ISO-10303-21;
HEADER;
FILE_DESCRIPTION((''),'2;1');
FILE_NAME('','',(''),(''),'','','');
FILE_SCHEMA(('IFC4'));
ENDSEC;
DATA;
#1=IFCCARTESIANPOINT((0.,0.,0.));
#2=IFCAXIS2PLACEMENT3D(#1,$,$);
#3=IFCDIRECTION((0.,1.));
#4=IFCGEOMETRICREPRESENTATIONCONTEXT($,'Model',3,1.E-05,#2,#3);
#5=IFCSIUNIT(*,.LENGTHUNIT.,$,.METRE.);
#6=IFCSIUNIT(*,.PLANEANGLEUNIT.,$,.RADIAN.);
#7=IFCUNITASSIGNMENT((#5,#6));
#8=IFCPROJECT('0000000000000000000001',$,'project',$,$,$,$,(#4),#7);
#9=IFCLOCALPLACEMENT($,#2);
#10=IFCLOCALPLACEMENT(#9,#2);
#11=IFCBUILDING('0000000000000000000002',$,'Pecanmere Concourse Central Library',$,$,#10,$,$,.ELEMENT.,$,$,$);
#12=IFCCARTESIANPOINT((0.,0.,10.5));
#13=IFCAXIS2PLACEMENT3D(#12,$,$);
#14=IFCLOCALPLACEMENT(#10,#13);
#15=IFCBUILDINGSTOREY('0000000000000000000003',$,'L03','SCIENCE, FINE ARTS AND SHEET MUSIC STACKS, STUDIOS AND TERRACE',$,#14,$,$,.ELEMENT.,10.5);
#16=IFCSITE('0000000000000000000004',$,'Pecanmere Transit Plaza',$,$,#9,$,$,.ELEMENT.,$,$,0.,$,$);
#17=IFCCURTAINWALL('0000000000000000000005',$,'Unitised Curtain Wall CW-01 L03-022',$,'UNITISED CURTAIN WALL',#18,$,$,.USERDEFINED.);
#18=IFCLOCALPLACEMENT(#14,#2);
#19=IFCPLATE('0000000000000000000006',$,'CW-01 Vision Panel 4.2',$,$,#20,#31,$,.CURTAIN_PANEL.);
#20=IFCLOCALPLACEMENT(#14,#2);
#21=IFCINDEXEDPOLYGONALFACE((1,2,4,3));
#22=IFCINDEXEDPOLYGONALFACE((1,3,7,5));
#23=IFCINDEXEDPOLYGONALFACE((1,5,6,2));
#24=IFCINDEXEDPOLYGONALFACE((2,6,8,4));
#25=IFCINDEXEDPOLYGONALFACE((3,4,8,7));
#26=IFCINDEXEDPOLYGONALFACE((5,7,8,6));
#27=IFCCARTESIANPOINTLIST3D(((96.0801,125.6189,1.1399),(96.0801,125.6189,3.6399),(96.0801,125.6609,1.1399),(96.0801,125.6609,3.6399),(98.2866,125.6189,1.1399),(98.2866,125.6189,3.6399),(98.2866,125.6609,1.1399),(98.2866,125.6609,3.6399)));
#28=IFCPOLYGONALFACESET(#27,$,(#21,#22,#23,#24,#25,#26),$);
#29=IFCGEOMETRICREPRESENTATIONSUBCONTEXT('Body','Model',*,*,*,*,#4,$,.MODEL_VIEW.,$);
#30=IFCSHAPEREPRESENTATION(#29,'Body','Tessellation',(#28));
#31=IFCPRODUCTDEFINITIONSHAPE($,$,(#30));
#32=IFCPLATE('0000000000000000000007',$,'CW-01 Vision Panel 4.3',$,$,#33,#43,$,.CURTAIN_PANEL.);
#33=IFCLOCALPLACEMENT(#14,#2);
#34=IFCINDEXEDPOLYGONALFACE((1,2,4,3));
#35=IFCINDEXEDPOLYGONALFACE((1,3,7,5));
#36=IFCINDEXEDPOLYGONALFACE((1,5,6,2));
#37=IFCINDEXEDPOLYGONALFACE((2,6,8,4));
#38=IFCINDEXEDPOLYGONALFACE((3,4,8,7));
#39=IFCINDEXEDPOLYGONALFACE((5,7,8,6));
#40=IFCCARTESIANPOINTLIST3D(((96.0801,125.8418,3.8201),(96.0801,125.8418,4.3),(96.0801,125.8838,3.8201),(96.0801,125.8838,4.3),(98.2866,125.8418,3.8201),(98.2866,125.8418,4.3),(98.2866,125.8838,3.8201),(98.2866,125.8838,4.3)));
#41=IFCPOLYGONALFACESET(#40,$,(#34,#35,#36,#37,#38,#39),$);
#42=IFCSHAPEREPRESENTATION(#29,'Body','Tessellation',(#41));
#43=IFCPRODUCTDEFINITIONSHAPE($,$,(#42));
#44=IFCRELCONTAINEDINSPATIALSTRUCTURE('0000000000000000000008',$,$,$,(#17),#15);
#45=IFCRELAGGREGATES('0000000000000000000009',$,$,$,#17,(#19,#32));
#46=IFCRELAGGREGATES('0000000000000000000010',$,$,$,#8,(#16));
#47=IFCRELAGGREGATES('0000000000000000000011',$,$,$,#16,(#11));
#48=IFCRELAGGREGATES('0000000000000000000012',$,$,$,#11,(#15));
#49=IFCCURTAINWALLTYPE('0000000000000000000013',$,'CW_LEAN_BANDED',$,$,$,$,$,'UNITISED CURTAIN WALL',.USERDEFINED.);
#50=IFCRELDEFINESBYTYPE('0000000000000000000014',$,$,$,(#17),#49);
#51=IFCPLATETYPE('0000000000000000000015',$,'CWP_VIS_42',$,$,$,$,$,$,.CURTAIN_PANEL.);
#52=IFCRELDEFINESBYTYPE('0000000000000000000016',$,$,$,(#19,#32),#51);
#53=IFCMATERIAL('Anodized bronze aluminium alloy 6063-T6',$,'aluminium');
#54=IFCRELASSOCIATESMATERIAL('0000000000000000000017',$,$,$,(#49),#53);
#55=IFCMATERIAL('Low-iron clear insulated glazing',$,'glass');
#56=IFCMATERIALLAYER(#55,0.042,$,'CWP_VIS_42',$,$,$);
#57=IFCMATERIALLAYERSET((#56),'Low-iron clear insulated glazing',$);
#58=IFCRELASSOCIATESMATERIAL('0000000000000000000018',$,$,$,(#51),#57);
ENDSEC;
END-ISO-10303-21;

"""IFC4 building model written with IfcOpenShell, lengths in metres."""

from ifc_helpers import new_model, si_unit, direction, frame, origin, origin_2d, place, context, subcontext, project, spatial, rectangle, extrude, material, layer, layer_set, type_object, element, aggregate, save


model = new_model("IFC4")

# Units and contexts
model_context = context("Model", 3, precision=1e-05, world=origin(), true_north=direction((0.0, 1.0)))
body_context = subcontext(model_context, "Body", "Model", "MODEL_VIEW")
ifc_project = project(units=[si_unit("LENGTHUNIT", "METRE"), si_unit("PLANEANGLEUNIT", "RADIAN")], contexts=[model_context])

# Site, building, storey
site_placement = place(None, origin())
site = spatial("IfcSite", under=ifc_project, at=site_placement, Name="Pecanmere Transit Plaza", CompositionType="ELEMENT", RefElevation=0.0)
building_placement = place(site_placement, origin())
building = spatial("IfcBuilding", under=site, at=building_placement, Name="Pecanmere Concourse Central Library", CompositionType="ELEMENT")
storey_placement = place(building_placement, frame((0.0, 0.0, 10.5)))
storey = spatial("IfcBuildingStorey", under=building, at=storey_placement, Name="L03", Description="SCIENCE, FINE ARTS AND SHEET MUSIC STACKS, STUDIOS AND TERRACE", CompositionType="ELEMENT", Elevation=10.5)

# Curtain wall
ifc_material_1 = material(Name="Anodized bronze aluminium alloy 6063-T6", Category="aluminium")
curtain_wall_type_1 = type_object("IfcCurtainWallType", Name="CW_LEAN_BANDED", ElementType="UNITISED CURTAIN WALL", PredefinedType="USERDEFINED", material=ifc_material_1)
curtain_wall_1_placement = place(storey_placement, origin())
curtain_wall_1 = element("IfcCurtainWall", 1, at=curtain_wall_1_placement, inside=storey, type_object=curtain_wall_type_1, Name="Unitised Curtain Wall CW-01 L03-022", ObjectType="UNITISED CURTAIN WALL", PredefinedType="USERDEFINED")

# Plates
ifc_material_2 = material(Name="Low-iron clear insulated glazing", Category="glass")
ifc_layer_1 = layer(ifc_material_2, 0.042, Name="CWP_VIS_42")
ifc_layer_set_1 = layer_set([ifc_layer_1], Name="Low-iron clear insulated glazing")
plate_type_1 = type_object("IfcPlateType", Name="CWP_VIS_42", PredefinedType="CURTAIN_PANEL", material=ifc_layer_set_1)
plate_1_placement = place(storey_placement, frame((97.1833, 125.6399, 1.1399), z_axis=(0.0, 0.0, 1.0), x_axis=(-1.0, 0.0, 0.0)))
plate_1 = element("IfcPlate", 2, at=plate_1_placement, type_object=plate_type_1, Name="CW-01 Vision Panel 4.2", PredefinedType="CURTAIN_PANEL", context=body_context, shape_type="SweptSolid", body=[
    extrude(rectangle(XDim=2.2065, YDim=0.042, at=origin_2d()), origin(), (0.0, 0.0, 1.0), 2.5),
])
plate_2_placement = place(storey_placement, frame((97.1833, 125.8628, 3.8201), z_axis=(0.0, 0.0, 1.0), x_axis=(-1.0, 0.0, 0.0)))
plate_2 = element("IfcPlate", 3, at=plate_2_placement, type_object=plate_type_1, Name="CW-01 Vision Panel 4.3", PredefinedType="CURTAIN_PANEL", context=body_context, shape_type="SweptSolid", body=[
    extrude(rectangle(XDim=2.2065, YDim=0.042, at=origin_2d()), origin(), (0.0, 0.0, 1.0), 0.48),
])
aggregate(curtain_wall_1, [plate_1, plate_2])

save(model, "model.ifc")
